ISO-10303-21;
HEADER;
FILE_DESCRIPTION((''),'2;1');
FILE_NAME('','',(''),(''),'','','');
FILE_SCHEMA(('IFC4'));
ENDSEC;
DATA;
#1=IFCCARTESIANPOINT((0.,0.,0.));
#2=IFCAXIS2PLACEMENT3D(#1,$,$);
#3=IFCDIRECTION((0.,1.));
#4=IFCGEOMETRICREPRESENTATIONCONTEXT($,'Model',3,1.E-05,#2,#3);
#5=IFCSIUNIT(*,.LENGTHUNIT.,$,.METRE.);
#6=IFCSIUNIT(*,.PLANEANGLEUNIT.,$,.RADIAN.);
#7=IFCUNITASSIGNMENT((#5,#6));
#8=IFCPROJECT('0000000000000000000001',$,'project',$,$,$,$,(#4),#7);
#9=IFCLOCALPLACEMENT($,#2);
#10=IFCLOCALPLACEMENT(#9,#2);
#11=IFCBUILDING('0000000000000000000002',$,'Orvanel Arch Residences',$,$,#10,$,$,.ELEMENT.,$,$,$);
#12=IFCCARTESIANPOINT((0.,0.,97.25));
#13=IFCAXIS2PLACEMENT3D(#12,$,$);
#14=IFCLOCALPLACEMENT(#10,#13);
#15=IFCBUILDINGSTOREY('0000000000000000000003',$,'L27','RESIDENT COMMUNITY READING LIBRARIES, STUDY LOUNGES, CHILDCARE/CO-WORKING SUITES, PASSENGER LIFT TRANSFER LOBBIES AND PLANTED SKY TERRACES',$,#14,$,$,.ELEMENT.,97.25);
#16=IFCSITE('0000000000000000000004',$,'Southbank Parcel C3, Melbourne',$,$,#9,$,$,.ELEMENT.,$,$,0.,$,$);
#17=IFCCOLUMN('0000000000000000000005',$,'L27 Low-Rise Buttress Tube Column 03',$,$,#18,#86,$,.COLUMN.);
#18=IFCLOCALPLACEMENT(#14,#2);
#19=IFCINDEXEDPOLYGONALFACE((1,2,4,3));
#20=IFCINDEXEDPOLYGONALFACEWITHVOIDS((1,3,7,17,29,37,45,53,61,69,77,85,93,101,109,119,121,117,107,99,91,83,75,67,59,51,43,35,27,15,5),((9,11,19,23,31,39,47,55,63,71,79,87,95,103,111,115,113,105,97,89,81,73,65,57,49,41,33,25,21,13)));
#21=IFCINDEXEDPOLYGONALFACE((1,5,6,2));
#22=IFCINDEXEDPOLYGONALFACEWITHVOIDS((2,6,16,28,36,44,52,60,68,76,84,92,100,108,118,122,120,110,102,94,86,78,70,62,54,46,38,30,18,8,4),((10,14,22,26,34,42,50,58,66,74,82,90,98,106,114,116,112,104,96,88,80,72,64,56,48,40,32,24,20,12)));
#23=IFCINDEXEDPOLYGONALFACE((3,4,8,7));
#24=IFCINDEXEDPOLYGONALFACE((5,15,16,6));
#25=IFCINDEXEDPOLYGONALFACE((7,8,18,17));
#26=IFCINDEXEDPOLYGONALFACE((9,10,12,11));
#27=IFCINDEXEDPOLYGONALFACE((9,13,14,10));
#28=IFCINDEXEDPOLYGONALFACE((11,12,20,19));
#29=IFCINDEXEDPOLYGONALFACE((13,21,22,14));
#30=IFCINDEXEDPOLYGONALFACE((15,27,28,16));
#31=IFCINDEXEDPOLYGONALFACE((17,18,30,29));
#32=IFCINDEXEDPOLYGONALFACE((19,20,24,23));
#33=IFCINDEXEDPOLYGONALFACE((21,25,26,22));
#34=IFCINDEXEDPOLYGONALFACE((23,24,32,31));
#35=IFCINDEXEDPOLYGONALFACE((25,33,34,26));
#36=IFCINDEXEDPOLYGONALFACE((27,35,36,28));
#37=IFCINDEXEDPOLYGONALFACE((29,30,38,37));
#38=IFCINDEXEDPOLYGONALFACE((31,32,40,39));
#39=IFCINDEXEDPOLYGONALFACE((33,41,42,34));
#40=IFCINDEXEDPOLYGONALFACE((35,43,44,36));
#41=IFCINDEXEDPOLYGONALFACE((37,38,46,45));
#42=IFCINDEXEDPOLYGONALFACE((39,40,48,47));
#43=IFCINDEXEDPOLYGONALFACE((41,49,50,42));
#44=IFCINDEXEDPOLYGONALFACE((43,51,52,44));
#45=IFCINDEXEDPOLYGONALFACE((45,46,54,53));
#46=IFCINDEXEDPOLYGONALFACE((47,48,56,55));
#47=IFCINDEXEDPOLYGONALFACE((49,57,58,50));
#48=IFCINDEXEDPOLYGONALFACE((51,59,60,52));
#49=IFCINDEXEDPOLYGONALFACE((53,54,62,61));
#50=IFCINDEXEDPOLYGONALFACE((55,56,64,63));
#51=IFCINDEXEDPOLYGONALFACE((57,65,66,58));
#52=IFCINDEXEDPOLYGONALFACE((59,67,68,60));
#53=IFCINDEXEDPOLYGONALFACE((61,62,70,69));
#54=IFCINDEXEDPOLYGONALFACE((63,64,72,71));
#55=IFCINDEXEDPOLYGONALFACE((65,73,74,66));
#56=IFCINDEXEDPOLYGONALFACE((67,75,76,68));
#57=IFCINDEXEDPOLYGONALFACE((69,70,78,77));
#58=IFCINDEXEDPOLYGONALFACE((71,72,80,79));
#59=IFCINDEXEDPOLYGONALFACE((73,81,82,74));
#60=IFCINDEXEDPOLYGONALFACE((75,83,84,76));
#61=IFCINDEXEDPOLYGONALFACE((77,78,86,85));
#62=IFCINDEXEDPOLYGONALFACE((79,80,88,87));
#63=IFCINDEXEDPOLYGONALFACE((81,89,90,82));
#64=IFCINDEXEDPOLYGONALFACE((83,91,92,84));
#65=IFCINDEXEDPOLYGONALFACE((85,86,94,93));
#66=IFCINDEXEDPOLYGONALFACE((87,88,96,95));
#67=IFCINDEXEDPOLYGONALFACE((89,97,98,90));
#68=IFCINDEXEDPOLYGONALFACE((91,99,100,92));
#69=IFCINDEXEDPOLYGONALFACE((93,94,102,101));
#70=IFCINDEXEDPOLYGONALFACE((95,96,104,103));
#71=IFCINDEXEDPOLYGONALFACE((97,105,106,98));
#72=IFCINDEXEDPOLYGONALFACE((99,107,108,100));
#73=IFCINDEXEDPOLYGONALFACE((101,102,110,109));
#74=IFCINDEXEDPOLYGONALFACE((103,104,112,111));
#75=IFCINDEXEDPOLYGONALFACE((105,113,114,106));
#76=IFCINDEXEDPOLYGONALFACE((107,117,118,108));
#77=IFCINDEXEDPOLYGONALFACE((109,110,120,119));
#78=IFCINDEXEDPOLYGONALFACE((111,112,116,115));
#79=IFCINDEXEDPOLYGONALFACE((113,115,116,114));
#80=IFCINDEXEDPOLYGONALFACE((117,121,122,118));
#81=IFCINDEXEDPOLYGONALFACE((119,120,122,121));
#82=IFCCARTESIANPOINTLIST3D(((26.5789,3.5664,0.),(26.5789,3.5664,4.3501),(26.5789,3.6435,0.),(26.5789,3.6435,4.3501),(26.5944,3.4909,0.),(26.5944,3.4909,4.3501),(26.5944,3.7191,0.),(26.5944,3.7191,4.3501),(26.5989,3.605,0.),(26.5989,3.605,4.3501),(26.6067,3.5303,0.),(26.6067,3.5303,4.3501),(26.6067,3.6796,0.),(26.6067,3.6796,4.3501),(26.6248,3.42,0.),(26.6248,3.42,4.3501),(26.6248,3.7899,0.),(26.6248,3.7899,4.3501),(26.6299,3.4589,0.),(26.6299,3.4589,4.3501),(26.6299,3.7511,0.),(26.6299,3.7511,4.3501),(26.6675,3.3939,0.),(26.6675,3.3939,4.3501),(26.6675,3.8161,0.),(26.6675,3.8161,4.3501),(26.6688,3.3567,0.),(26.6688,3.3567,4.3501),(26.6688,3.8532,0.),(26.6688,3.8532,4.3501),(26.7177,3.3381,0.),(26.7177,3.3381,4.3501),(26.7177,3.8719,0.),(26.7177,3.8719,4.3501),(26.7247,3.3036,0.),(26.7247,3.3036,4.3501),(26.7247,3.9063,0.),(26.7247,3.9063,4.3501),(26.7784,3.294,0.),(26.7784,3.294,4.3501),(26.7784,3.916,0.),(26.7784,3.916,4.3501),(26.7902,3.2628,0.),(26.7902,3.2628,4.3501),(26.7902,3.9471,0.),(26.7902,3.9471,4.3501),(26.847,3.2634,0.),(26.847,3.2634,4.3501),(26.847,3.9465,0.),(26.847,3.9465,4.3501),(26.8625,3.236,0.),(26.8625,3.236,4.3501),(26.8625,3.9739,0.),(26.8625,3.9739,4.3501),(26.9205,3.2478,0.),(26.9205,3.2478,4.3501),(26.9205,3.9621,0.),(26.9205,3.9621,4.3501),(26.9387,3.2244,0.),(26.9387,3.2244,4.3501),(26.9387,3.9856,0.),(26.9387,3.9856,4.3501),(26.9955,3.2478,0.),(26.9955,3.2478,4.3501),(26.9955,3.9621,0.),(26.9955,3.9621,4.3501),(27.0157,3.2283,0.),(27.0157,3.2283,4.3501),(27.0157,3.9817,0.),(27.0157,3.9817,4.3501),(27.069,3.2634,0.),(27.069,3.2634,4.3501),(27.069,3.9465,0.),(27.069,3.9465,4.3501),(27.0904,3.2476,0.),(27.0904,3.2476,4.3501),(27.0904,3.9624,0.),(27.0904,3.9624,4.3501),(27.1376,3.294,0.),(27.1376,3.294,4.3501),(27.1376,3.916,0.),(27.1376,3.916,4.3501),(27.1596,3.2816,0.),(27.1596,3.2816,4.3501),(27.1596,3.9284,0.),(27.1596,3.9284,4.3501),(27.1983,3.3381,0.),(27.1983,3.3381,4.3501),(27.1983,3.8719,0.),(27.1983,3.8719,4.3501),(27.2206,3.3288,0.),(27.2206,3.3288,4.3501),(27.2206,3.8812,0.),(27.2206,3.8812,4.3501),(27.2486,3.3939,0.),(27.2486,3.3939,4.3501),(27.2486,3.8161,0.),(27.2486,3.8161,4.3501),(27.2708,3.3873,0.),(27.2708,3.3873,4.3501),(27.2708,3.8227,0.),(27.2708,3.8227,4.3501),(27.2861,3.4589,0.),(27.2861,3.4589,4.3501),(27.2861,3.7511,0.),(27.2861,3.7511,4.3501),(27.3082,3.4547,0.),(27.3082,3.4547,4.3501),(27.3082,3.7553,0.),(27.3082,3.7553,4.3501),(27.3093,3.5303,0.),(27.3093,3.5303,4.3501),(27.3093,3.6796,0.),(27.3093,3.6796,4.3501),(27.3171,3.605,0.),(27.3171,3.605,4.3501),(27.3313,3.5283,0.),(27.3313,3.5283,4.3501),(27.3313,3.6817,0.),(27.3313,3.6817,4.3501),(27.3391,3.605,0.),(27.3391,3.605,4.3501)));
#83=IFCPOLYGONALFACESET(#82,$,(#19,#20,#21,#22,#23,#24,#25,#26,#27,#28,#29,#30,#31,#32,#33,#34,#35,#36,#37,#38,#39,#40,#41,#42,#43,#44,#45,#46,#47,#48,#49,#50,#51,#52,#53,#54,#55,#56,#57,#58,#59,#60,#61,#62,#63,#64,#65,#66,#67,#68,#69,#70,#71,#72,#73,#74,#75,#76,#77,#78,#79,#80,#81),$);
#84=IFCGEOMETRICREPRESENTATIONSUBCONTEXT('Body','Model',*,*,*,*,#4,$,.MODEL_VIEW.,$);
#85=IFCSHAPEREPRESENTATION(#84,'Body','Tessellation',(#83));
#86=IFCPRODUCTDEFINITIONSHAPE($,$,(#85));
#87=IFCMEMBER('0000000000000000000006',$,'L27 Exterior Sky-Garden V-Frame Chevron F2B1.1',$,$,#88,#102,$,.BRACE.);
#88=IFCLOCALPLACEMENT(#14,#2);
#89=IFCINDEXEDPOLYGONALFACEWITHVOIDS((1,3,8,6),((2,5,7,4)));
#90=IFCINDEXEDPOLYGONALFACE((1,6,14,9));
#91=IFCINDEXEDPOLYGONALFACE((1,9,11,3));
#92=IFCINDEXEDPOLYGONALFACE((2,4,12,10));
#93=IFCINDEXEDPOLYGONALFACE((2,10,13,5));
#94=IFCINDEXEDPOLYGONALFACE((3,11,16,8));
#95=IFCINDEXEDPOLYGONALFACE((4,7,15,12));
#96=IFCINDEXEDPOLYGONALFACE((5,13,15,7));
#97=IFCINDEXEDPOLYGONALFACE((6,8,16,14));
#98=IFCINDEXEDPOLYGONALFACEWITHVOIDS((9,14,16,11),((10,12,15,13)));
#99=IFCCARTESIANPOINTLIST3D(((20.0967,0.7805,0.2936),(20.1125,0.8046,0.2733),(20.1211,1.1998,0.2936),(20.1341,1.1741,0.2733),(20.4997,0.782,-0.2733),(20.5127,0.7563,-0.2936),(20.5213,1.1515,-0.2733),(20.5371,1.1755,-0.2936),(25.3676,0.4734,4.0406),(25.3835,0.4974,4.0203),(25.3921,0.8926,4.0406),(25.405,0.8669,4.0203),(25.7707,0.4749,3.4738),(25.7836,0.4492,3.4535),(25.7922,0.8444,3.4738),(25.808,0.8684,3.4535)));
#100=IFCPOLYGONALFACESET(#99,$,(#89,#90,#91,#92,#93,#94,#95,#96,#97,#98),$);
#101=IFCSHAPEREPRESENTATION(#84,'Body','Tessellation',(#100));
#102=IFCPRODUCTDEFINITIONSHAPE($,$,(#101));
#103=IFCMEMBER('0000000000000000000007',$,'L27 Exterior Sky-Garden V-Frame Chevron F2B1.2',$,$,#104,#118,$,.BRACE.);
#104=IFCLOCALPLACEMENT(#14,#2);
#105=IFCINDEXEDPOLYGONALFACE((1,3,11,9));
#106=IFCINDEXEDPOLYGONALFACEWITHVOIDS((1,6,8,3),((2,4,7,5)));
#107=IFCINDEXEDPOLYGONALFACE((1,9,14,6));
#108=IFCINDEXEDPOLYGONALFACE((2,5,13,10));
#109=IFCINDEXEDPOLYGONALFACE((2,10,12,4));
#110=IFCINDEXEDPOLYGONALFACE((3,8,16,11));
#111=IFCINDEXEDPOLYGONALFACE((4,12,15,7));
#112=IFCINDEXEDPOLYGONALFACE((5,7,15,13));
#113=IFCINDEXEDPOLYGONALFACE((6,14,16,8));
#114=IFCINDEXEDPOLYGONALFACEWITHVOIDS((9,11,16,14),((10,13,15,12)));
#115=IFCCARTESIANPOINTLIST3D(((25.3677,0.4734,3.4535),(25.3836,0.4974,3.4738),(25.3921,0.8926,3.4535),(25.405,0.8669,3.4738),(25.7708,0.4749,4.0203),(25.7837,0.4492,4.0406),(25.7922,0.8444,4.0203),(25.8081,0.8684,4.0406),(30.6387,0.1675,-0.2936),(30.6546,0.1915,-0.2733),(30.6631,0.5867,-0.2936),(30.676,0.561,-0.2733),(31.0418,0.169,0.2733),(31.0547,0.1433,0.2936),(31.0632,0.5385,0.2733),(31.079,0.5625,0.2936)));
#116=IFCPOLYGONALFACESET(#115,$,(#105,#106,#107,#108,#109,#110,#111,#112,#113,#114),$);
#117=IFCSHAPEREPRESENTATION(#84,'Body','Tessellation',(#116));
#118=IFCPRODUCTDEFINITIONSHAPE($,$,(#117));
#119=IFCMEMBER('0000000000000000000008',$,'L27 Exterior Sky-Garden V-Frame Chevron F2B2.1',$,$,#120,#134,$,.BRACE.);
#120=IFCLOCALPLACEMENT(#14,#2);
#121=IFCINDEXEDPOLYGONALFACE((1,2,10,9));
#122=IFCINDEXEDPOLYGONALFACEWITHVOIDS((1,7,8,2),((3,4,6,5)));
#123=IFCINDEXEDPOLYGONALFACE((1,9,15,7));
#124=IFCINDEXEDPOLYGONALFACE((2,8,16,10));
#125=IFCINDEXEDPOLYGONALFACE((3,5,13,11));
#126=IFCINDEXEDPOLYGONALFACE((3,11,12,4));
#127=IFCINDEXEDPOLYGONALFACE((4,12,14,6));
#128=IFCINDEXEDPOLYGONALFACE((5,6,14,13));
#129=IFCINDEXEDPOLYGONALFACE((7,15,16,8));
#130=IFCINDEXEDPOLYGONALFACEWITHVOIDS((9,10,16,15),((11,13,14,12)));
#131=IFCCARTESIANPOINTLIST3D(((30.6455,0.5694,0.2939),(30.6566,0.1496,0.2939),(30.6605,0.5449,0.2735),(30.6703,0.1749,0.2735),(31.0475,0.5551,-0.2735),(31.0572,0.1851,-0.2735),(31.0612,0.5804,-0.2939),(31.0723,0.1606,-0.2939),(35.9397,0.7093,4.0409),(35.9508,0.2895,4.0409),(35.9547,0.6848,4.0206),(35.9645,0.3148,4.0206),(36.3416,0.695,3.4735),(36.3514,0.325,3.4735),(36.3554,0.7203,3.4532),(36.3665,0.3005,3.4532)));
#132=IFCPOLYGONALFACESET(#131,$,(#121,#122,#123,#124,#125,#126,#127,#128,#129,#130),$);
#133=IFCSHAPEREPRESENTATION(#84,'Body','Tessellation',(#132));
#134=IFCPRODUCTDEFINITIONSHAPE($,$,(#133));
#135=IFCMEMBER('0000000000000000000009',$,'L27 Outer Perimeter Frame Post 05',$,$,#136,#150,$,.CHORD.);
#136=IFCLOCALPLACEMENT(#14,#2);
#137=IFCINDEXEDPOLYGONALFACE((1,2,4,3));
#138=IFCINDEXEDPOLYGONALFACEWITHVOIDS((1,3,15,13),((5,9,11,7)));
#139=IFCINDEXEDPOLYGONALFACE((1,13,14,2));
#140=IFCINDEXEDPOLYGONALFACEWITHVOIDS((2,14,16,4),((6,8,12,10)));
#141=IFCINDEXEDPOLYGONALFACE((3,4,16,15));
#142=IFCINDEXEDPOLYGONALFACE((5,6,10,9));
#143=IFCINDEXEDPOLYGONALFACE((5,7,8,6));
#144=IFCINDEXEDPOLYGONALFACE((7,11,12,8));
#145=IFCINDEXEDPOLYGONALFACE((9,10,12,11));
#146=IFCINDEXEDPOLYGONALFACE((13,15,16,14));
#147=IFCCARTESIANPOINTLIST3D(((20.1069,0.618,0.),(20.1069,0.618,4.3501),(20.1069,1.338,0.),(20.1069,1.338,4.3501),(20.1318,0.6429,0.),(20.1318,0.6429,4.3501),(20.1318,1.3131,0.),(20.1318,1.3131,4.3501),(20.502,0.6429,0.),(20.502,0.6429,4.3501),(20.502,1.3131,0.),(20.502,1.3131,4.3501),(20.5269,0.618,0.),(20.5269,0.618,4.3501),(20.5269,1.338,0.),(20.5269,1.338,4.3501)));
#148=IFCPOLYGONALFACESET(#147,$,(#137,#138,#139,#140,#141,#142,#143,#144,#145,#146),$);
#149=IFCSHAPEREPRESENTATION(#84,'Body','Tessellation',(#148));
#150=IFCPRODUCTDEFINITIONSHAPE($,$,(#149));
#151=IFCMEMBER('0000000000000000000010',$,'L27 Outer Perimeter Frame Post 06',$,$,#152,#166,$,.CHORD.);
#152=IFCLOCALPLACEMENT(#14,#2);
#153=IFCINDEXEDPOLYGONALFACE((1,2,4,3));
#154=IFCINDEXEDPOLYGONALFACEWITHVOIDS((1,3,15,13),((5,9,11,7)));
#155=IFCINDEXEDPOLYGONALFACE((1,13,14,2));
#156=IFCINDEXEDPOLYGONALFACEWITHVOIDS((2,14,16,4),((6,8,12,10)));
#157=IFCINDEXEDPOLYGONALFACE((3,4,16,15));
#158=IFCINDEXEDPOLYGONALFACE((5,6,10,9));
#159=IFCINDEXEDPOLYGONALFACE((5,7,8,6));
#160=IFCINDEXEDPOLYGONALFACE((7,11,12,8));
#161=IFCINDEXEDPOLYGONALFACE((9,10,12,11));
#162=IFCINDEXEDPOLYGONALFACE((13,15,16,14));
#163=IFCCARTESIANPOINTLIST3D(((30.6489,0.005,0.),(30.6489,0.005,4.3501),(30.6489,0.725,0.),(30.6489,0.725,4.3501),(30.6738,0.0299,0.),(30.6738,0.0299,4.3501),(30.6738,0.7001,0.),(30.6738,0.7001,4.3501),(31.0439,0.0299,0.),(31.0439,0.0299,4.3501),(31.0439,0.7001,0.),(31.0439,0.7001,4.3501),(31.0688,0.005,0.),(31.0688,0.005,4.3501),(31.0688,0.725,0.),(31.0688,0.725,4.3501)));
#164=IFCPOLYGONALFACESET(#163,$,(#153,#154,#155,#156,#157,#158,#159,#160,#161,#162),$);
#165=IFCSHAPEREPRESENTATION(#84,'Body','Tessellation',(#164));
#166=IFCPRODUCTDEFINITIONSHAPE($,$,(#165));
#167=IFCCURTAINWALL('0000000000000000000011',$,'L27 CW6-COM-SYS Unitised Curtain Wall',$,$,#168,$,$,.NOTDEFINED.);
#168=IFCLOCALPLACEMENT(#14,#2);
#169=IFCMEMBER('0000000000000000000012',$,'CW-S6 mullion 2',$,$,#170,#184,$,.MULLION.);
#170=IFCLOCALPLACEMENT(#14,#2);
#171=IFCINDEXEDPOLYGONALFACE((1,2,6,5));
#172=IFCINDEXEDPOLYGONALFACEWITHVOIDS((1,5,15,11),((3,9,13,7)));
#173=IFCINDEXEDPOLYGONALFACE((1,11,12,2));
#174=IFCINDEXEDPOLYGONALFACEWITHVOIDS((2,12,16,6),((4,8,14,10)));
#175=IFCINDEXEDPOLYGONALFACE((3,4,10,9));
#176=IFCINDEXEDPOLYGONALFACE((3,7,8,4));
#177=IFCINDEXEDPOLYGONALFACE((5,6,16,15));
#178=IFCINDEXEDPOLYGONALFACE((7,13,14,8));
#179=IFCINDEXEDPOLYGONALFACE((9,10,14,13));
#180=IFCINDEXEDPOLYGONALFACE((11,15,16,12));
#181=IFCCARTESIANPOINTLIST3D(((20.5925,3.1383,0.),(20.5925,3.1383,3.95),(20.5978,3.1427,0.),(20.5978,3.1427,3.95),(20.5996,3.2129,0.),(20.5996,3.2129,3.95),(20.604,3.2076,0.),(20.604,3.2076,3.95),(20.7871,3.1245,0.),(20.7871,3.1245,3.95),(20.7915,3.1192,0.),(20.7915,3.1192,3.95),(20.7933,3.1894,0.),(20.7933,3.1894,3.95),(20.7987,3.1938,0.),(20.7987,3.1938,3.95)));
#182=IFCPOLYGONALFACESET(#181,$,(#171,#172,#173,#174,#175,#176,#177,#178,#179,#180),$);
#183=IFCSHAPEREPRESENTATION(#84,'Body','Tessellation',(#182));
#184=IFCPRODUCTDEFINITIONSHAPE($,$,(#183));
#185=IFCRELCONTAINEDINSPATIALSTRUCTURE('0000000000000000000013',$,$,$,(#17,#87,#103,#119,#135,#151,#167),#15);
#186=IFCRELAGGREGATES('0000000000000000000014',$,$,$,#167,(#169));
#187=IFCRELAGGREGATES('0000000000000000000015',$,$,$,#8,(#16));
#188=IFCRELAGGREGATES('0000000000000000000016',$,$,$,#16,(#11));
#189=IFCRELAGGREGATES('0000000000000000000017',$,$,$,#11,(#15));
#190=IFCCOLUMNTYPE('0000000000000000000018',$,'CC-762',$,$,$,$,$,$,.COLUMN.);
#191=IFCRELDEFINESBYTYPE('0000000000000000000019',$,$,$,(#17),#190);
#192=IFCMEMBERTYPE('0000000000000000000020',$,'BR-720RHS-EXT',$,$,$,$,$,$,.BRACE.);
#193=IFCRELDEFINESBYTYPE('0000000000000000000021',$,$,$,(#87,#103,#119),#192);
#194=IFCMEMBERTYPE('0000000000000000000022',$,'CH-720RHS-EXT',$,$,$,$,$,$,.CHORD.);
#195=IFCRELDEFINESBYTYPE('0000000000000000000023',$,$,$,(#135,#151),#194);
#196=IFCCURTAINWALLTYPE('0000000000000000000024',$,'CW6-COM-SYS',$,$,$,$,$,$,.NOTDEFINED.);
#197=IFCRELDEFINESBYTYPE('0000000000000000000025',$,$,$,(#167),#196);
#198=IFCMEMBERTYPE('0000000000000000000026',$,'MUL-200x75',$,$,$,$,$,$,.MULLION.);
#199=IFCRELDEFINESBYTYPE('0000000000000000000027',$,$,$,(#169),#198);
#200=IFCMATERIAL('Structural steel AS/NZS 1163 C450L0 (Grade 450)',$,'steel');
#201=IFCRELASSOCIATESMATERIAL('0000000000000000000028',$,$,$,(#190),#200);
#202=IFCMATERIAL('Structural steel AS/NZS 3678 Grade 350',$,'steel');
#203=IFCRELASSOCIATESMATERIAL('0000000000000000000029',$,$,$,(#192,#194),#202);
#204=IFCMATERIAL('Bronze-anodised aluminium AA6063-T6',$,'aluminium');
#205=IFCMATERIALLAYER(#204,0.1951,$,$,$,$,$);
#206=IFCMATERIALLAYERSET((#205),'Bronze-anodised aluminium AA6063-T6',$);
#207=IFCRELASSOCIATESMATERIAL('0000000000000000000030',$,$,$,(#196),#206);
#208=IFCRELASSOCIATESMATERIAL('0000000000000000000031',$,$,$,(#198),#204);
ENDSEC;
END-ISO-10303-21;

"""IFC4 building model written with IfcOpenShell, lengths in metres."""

from ifc_helpers import new_model, si_unit, direction, frame, origin, origin_2d, place, context, subcontext, project, spatial, hollow_rectangle, hollow_circle, extrude, material, layer, layer_set, material_profile, profile_set, type_object, element, aggregate, save


model = new_model("IFC4")

# Units and contexts
model_context = context("Model", 3, precision=1e-05, world=origin(), true_north=direction((0.0, 1.0)))
body_context = subcontext(model_context, "Body", "Model", "MODEL_VIEW")
ifc_project = project(units=[si_unit("LENGTHUNIT", "METRE"), si_unit("PLANEANGLEUNIT", "RADIAN")], contexts=[model_context])

# Site, building, storey
site_placement = place(None, origin())
site = spatial("IfcSite", under=ifc_project, at=site_placement, Name="Southbank Parcel C3, Melbourne", CompositionType="ELEMENT", RefElevation=0.0)
building_placement = place(site_placement, origin())
building = spatial("IfcBuilding", under=site, at=building_placement, Name="Orvanel Arch Residences", CompositionType="ELEMENT")
storey_placement = place(building_placement, frame((0.0, 0.0, 97.25)))
storey = spatial("IfcBuildingStorey", under=building, at=storey_placement, Name="L27", Description="RESIDENT COMMUNITY READING LIBRARIES, STUDY LOUNGES, CHILDCARE/CO-WORKING SUITES, PASSENGER LIFT TRANSFER LOBBIES AND PLANTED SKY TERRACES", CompositionType="ELEMENT", Elevation=97.25)

# Column
ifc_material_1 = material(Name="Structural steel AS/NZS 1163 C450L0 (Grade 450)", Category="steel")
ifc_material_profile_1 = material_profile(ifc_material_1, hollow_circle(Radius=0.3811, WallThickness=0.022, at=origin_2d()), Name="CHS762x22")
ifc_profile_set_1 = profile_set([ifc_material_profile_1], Name="Structural steel AS/NZS 1163 C450L0 (Grade 450)")
column_type = type_object("IfcColumnType", Name="CC-762", PredefinedType="COLUMN", material=ifc_profile_set_1)
column_placement = place(storey_placement, frame((26.958, 3.605, 0.0), z_axis=(0.0, 0.0, 1.0), x_axis=(1.0, 0.0, 0.0)))
element("IfcColumn", 1, at=column_placement, inside=storey, type_object=column_type, Name="L27 Low-Rise Buttress Tube Column 03", PredefinedType="COLUMN", context=body_context, shape_type="SweptSolid", body=[
    extrude(hollow_circle(Radius=0.3811, WallThickness=0.022, at=origin_2d()), origin(), (0.0, 0.0, 1.0), 4.3501),
])

# Members
ifc_material_2 = material(Name="Structural steel AS/NZS 3678 Grade 350", Category="steel")
ifc_material_profile_2 = material_profile(ifc_material_2, hollow_rectangle(XDim=0.4199, YDim=0.72, WallThickness=0.0249, at=origin_2d()), Name="RHS720x420x25")
ifc_profile_set_2 = profile_set([ifc_material_profile_2], Name="Structural steel AS/NZS 3678 Grade 350")
member_type_1 = type_object("IfcMemberType", Name="BR-720RHS-EXT", PredefinedType="BRACE", material=ifc_profile_set_2)
for number, where, z_axis, x_axis, name in (
    (2, (20.3169, 0.978, 0.0), (0.814125, -0.047437, 0.578749), (0.058169, 0.998307, 0.0), "L27 Exterior Sky-Garden V-Frame Chevron F2B1.1"),
    (3, (30.8589, 0.365, 0.0), (-0.814132, 0.047249, 0.578754), (-0.057939, -0.99832, 0.0), "L27 Exterior Sky-Garden V-Frame Chevron F2B1.2"),
):
    element("IfcMember", number, at=place(storey_placement, frame(where, z_axis=z_axis, x_axis=x_axis)), inside=storey, type_object=member_type_1, Name=name, PredefinedType="BRACE", context=body_context, shape_type="SweptSolid", body=[
        extrude(hollow_rectangle(XDim=0.4199, YDim=0.72, WallThickness=0.0249, at=origin_2d()), origin(), (0.0, 0.0, 1.0), 6.4744),
    ])
member_1_placement = place(storey_placement, frame((30.8589, 0.365, 0.0), z_axis=(0.816051, 0.021563, 0.577577), x_axis=(-0.026415, 0.999651, 0.0)))
element("IfcMember", 4, at=member_1_placement, inside=storey, type_object=member_type_1, Name="L27 Exterior Sky-Garden V-Frame Chevron F2B2.1", PredefinedType="BRACE", context=body_context, shape_type="SweptSolid", body=[
    extrude(hollow_rectangle(XDim=0.4199, YDim=0.72, WallThickness=0.0249, at=origin_2d()), origin(), (0.0, 0.0, 1.0), 6.4875),
])
ifc_material_profile_3 = material_profile(ifc_material_2, hollow_rectangle(XDim=0.4199, YDim=0.72, WallThickness=0.0249, at=origin_2d()), Name="RHS720x420x25")
ifc_profile_set_3 = profile_set([ifc_material_profile_3], Name="Structural steel AS/NZS 3678 Grade 350")
member_type_2 = type_object("IfcMemberType", Name="CH-720RHS-EXT", PredefinedType="CHORD", material=ifc_profile_set_3)
for number, where, z_axis, x_axis, name in (
    (5, (20.3169, 0.978, 0.0), (0.0, 0.0, 1.0), (1.0, 0.0, 0.0), "L27 Outer Perimeter Frame Post 05"),
    (6, (30.8589, 0.365, 0.0), (0.0, 0.0, 1.0), (1.0, 0.0, 0.0), "L27 Outer Perimeter Frame Post 06"),
):
    element("IfcMember", number, at=place(storey_placement, frame(where, z_axis=z_axis, x_axis=x_axis)), inside=storey, type_object=member_type_2, Name=name, PredefinedType="CHORD", context=body_context, shape_type="SweptSolid", body=[
        extrude(hollow_rectangle(XDim=0.4199, YDim=0.72, WallThickness=0.0249, at=origin_2d()), origin(), (0.0, 0.0, 1.0), 4.3501),
    ])

# Curtain wall, member
ifc_material_3 = material(Name="Bronze-anodised aluminium AA6063-T6", Category="aluminium")
ifc_layer_1 = layer(ifc_material_3, 0.1951)
ifc_layer_set_1 = layer_set([ifc_layer_1], Name="Bronze-anodised aluminium AA6063-T6")
curtain_wall_type = type_object("IfcCurtainWallType", Name="CW6-COM-SYS", PredefinedType="NOTDEFINED", material=ifc_layer_set_1)
curtain_wall_placement = place(storey_placement, origin())
curtain_wall = element("IfcCurtainWall", 7, at=curtain_wall_placement, inside=storey, type_object=curtain_wall_type, Name="L27 CW6-COM-SYS Unitised Curtain Wall", PredefinedType="NOTDEFINED")
ifc_material_profile_4 = material_profile(ifc_material_3, hollow_rectangle(XDim=0.075, YDim=0.2, WallThickness=0.0049, at=origin_2d()), Name="ALU200x75x5")
ifc_profile_set_4 = profile_set([ifc_material_profile_4], Name="Bronze-anodised aluminium AA6063-T6")
member_type_3 = type_object("IfcMemberType", Name="MUL-200x75", PredefinedType="MULLION", material=ifc_profile_set_4)
member_2_placement = place(storey_placement, frame((20.6956, 3.166, 0.0), z_axis=(0.0, 0.0, 1.0), x_axis=(0.095606, 0.995419, 0.0)))
member_2 = element("IfcMember", 8, at=member_2_placement, type_object=member_type_3, Name="CW-S6 mullion 2", PredefinedType="MULLION", context=body_context, shape_type="SweptSolid", body=[
    extrude(hollow_rectangle(XDim=0.075, YDim=0.2, WallThickness=0.0049, at=origin_2d()), origin(), (0.0, 0.0, 1.0), 3.95),
])

aggregate(curtain_wall, [member_2])

save(model, "model.ifc")
